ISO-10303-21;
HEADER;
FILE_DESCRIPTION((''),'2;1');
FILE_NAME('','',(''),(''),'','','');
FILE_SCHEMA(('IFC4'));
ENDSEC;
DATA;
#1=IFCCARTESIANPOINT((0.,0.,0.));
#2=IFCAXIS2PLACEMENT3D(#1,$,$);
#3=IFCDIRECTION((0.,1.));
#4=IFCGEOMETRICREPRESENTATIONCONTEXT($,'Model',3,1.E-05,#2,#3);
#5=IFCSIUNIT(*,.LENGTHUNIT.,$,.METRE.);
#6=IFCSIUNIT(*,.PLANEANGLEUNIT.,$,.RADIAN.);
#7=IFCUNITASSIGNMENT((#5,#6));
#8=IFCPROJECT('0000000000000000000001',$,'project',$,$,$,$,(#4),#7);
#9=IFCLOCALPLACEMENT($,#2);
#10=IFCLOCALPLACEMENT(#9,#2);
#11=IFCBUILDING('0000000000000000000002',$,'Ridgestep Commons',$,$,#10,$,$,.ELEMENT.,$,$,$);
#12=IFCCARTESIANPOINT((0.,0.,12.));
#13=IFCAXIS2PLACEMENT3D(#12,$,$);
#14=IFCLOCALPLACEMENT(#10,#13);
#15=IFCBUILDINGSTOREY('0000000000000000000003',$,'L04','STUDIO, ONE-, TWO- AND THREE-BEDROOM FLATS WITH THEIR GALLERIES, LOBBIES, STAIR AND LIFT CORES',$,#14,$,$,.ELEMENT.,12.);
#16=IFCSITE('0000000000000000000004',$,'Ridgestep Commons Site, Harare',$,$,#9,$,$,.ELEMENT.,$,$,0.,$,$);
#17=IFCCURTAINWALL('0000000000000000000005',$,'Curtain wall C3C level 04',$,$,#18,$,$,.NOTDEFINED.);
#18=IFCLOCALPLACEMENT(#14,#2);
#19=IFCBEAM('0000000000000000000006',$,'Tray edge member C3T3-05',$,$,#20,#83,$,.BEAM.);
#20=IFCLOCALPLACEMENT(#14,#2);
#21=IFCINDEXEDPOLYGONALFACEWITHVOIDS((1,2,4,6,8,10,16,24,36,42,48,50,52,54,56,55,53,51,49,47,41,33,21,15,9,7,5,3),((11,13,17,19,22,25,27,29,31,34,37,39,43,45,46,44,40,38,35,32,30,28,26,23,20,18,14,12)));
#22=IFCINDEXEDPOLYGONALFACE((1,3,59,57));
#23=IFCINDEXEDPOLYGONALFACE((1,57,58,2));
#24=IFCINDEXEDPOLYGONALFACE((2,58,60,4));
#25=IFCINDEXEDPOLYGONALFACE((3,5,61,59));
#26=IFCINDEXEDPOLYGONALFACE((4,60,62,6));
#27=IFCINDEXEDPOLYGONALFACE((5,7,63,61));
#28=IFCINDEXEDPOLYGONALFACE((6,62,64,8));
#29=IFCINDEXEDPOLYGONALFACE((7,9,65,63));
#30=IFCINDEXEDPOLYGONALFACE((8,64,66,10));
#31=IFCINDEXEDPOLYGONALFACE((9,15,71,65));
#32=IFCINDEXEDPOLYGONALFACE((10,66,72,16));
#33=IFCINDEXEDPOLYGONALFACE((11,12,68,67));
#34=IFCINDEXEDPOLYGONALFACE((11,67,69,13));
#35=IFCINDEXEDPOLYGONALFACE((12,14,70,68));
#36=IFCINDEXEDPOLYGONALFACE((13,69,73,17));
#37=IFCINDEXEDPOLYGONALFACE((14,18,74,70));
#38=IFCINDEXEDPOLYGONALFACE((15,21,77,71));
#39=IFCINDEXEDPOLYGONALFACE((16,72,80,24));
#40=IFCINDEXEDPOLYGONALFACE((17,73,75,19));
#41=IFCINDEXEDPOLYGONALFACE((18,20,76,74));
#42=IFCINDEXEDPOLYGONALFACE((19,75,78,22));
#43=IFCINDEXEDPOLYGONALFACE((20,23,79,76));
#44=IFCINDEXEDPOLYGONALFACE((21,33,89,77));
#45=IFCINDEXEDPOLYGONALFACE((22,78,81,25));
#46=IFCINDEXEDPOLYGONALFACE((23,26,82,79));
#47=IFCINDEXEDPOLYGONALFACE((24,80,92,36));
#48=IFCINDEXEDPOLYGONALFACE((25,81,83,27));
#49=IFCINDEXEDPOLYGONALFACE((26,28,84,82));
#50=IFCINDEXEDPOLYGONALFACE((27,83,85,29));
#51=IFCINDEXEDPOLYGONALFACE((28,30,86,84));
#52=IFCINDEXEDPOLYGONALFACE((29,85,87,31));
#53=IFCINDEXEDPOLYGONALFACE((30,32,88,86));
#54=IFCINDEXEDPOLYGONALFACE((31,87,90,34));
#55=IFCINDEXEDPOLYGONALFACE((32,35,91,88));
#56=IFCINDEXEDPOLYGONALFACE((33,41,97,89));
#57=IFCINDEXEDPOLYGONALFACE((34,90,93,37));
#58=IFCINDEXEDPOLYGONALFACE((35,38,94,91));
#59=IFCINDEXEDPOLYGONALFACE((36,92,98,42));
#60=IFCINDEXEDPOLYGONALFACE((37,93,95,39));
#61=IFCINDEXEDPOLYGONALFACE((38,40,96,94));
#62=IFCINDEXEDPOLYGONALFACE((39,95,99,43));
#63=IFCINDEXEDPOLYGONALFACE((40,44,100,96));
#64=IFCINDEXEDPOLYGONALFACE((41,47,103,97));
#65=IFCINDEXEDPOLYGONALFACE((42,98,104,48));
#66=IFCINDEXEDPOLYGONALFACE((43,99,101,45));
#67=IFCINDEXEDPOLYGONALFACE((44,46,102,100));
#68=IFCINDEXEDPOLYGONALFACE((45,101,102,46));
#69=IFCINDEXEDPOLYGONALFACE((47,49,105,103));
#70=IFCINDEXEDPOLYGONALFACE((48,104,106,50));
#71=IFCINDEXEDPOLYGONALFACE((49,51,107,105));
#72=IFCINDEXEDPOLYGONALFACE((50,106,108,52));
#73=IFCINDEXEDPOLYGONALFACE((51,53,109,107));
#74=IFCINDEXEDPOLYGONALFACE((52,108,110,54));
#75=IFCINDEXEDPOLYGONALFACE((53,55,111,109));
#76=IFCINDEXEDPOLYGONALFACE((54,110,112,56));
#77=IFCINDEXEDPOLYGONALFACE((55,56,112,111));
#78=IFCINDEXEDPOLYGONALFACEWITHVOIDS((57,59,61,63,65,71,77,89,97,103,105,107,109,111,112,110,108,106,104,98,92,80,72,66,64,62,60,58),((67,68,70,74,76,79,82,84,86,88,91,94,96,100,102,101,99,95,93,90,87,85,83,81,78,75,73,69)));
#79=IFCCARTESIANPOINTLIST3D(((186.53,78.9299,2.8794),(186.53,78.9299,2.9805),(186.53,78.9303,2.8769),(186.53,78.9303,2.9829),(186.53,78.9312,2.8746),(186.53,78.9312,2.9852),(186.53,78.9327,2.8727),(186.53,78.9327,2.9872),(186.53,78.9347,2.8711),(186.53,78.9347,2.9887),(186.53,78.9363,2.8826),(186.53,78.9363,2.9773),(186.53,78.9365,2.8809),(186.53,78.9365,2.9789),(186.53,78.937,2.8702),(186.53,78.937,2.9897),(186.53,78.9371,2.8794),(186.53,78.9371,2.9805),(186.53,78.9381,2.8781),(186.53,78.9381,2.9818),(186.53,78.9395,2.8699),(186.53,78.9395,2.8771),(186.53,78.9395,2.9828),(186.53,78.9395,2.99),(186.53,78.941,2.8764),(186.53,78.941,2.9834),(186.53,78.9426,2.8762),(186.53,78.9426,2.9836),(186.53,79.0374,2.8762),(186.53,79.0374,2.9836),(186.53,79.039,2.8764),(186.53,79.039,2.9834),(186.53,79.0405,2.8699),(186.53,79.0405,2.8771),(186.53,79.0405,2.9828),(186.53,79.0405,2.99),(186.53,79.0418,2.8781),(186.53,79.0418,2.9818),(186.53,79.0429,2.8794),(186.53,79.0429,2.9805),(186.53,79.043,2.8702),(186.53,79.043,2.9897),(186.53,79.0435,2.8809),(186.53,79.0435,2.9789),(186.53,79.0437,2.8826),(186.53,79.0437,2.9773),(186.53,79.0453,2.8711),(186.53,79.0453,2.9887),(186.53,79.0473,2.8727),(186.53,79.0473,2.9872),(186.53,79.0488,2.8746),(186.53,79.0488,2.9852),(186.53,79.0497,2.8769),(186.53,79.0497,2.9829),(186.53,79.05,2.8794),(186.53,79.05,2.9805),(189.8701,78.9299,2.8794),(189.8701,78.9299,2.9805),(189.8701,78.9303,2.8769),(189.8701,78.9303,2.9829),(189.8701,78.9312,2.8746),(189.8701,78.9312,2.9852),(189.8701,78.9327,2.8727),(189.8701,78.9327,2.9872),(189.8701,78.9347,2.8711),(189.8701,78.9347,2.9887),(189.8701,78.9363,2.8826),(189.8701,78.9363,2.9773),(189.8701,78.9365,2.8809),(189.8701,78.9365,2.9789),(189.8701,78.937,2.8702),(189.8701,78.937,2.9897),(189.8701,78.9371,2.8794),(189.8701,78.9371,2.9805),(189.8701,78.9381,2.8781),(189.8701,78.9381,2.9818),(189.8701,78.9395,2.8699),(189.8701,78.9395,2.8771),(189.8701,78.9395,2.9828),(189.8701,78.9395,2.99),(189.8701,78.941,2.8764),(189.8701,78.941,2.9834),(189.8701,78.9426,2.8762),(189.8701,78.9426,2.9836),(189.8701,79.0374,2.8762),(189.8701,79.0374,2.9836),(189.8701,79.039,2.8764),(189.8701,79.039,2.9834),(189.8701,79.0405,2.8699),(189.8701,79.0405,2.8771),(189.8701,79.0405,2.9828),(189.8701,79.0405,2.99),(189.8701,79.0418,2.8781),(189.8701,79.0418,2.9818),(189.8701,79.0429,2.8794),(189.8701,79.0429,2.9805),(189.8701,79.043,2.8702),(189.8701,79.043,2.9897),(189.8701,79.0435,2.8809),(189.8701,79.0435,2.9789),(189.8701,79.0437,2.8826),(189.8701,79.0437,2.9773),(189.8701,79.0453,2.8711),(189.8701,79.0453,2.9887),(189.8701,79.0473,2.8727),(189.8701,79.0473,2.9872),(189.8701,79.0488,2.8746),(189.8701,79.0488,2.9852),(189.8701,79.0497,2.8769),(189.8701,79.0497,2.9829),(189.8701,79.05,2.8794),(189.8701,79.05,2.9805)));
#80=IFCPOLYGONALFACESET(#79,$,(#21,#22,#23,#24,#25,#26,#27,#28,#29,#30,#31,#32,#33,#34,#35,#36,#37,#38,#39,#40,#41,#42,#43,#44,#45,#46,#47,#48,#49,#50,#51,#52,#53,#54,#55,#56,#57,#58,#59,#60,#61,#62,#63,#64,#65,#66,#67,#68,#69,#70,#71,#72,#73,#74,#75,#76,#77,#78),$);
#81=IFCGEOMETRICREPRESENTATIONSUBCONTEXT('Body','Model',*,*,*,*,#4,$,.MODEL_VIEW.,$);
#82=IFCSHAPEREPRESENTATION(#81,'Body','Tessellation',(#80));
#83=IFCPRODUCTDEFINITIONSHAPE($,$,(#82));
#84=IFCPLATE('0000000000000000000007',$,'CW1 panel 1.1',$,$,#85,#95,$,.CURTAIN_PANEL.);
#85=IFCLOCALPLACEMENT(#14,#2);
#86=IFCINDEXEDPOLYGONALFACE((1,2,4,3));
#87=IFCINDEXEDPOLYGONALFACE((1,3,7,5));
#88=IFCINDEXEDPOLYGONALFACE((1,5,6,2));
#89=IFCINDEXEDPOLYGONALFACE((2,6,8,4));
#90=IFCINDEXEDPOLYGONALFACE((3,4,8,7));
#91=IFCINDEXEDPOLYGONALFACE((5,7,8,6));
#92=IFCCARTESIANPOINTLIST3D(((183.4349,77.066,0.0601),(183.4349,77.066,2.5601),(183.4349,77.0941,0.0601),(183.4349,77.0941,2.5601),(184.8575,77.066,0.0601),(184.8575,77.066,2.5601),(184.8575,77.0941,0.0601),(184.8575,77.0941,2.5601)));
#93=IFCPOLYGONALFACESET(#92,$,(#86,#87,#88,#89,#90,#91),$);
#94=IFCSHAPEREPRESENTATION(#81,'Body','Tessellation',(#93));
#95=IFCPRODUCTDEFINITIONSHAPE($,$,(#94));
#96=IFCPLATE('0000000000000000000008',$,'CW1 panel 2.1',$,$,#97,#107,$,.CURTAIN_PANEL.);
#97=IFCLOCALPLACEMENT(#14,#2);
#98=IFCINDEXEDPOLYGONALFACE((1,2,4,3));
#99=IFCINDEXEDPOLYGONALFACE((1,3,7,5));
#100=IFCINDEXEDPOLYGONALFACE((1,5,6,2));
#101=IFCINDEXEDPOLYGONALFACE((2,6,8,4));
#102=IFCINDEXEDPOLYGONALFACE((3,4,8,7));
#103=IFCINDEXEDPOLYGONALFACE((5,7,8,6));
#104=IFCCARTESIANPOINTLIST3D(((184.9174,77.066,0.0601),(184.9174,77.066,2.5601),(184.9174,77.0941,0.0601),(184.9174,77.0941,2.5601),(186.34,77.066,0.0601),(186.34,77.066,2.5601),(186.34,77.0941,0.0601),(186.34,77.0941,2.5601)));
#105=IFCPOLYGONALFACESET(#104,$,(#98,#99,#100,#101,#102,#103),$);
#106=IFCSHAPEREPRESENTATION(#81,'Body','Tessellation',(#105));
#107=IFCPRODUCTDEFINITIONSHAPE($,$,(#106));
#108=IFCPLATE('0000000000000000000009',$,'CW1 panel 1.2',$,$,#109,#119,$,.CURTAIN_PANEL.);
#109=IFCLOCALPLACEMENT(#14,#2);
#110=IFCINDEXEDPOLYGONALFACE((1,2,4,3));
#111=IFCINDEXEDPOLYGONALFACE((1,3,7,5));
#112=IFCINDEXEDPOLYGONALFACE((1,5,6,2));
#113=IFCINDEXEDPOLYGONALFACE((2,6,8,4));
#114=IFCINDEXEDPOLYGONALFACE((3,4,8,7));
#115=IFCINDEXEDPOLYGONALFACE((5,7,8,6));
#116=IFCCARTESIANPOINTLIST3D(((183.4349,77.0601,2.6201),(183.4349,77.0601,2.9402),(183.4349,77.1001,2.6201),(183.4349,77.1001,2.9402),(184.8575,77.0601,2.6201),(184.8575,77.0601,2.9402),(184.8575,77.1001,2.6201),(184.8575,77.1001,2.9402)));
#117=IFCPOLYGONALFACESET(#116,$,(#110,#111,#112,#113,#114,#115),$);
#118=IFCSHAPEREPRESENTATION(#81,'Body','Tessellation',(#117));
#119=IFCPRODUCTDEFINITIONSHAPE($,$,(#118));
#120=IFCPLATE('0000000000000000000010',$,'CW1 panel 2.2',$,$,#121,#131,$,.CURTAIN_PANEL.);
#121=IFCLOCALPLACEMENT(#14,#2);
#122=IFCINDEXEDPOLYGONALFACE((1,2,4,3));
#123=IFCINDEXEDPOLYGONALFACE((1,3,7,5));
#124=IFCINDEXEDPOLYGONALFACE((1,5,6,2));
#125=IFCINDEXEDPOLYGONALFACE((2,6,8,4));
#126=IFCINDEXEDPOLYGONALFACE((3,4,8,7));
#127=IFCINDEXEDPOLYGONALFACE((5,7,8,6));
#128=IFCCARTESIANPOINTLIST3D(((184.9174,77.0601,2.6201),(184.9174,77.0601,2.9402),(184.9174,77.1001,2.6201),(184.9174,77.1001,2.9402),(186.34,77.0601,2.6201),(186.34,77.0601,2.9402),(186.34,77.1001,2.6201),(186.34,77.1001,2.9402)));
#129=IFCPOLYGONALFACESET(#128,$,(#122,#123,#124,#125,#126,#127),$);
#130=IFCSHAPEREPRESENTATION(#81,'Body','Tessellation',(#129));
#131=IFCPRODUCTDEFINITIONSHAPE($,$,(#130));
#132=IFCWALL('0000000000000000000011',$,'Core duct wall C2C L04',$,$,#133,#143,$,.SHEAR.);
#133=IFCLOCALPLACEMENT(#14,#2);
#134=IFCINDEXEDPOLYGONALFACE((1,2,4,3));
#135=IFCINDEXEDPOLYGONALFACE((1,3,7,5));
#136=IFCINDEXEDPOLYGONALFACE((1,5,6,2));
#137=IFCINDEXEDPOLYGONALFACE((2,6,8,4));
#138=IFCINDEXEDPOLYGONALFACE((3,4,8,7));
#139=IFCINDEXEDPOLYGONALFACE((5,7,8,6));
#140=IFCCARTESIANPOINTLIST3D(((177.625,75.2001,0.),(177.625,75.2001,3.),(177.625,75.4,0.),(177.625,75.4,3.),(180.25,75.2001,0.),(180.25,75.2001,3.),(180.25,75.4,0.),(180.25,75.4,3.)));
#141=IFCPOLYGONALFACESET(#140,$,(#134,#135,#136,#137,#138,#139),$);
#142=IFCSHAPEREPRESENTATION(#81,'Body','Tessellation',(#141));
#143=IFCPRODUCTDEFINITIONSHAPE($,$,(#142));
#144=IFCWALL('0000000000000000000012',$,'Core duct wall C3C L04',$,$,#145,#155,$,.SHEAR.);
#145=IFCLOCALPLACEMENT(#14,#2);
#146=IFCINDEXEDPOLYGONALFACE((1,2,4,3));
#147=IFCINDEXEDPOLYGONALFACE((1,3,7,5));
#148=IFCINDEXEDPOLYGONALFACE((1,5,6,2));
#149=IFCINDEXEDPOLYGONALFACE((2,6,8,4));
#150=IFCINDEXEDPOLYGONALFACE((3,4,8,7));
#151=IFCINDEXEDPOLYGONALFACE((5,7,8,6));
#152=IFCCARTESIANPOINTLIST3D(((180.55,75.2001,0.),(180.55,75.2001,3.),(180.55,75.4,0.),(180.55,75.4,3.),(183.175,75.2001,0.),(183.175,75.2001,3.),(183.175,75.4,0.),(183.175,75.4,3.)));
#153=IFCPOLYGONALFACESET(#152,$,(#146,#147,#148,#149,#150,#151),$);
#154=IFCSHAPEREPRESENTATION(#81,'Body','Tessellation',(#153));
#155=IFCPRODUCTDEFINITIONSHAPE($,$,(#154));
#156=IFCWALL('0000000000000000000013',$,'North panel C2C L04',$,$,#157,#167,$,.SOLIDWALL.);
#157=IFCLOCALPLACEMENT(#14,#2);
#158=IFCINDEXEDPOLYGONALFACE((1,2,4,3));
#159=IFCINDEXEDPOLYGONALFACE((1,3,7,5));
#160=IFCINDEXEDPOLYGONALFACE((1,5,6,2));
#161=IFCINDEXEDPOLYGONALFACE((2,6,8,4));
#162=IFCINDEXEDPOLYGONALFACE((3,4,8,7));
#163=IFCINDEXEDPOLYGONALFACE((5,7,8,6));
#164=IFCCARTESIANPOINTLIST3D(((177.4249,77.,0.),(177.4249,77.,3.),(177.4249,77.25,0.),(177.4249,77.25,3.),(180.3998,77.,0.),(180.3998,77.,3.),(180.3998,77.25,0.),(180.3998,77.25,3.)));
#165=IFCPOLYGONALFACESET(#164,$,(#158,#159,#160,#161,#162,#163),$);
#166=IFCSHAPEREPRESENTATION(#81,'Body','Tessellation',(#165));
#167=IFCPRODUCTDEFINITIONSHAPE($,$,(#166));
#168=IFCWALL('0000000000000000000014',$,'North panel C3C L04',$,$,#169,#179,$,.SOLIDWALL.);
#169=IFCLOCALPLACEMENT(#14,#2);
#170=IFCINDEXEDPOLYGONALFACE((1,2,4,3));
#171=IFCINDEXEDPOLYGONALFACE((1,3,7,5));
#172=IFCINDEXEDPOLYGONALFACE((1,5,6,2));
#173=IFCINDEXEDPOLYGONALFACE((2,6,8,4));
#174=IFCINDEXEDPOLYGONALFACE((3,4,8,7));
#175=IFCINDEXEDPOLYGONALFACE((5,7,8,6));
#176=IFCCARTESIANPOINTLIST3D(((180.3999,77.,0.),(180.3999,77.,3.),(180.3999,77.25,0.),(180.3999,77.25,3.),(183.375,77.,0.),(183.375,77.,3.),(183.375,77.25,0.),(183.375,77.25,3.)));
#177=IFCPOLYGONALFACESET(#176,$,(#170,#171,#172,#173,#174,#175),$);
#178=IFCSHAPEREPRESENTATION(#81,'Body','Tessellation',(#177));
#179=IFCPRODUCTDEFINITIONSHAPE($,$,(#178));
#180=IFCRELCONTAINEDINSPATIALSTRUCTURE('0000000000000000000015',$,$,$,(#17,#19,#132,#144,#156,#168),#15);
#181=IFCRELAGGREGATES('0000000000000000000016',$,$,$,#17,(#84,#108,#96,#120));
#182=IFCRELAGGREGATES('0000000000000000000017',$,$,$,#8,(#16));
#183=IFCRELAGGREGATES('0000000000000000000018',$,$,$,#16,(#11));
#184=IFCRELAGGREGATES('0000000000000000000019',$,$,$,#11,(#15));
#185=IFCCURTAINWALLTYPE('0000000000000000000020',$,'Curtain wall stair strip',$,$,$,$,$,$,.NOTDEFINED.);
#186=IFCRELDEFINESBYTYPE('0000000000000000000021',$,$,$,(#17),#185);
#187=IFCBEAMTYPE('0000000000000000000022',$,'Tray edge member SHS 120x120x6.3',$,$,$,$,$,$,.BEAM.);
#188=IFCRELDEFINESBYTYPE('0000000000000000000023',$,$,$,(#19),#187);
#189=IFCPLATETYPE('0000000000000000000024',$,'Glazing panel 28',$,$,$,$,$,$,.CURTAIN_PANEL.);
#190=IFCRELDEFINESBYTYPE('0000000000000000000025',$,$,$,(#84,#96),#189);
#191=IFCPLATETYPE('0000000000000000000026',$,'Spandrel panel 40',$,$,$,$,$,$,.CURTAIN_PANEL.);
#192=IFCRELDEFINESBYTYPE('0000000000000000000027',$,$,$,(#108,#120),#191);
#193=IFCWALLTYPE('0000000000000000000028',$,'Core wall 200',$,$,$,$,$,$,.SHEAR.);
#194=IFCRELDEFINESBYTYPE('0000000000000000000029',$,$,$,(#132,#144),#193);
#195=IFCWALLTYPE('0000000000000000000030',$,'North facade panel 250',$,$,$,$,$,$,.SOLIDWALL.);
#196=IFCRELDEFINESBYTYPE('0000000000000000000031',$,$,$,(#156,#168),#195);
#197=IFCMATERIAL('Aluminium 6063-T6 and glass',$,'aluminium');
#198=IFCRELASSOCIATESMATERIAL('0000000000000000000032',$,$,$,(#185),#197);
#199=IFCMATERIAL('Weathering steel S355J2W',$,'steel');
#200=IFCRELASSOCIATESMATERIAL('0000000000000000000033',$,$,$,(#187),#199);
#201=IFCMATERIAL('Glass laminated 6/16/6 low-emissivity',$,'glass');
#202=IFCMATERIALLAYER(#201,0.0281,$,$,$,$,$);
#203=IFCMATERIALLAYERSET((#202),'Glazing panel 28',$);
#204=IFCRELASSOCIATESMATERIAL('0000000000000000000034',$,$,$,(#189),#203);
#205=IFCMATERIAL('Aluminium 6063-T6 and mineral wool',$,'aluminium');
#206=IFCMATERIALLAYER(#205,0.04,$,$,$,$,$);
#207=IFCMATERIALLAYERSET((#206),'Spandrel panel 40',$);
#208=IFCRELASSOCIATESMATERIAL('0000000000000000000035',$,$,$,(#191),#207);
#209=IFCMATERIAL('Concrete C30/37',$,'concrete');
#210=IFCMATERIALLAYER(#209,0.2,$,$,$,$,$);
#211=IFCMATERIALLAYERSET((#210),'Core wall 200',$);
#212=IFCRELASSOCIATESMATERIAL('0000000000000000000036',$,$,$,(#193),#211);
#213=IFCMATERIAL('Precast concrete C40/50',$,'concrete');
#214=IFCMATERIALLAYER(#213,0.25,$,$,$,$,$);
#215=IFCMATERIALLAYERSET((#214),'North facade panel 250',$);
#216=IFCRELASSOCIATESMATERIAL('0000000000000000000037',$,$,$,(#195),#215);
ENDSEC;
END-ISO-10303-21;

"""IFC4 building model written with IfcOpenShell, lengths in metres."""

from ifc_helpers import new_model, si_unit, direction, frame, frame_2d, origin, origin_2d, place, context, subcontext, project, spatial, rectangle, hollow_rectangle, extrude, material, layer, layer_set, material_profile, profile_set, type_object, element, aggregate, save


model = new_model("IFC4")

# Units and contexts
model_context = context("Model", 3, precision=1e-05, world=origin(), true_north=direction((0.0, 1.0)))
body_context = subcontext(model_context, "Body", "Model", "MODEL_VIEW")
ifc_project = project(units=[si_unit("LENGTHUNIT", "METRE"), si_unit("PLANEANGLEUNIT", "RADIAN")], contexts=[model_context])

# Site, building, storey
site_placement = place(None, origin())
site = spatial("IfcSite", under=ifc_project, at=site_placement, Name="Ridgestep Commons Site, Harare", CompositionType="ELEMENT", RefElevation=0.0)
building_placement = place(site_placement, origin())
building = spatial("IfcBuilding", under=site, at=building_placement, Name="Ridgestep Commons", CompositionType="ELEMENT")
storey_placement = place(building_placement, frame((0.0, 0.0, 12.0)))
storey = spatial("IfcBuildingStorey", under=building, at=storey_placement, Name="L04", Description="STUDIO, ONE-, TWO- AND THREE-BEDROOM FLATS WITH THEIR GALLERIES, LOBBIES, STAIR AND LIFT CORES", CompositionType="ELEMENT", Elevation=12.0)

# Shared definitions
ifc_material_1 = material(Name="Aluminium 6063-T6 and glass", Category="aluminium")
curtain_wall_type = type_object("IfcCurtainWallType", Name="Curtain wall stair strip", PredefinedType="NOTDEFINED", material=ifc_material_1)

# Curtain wall
curtain_wall_1_placement = place(storey_placement, origin())
curtain_wall_1 = element("IfcCurtainWall", 1, at=curtain_wall_1_placement, inside=storey, type_object=curtain_wall_type, Name="Curtain wall C3C level 04", PredefinedType="NOTDEFINED")

# Beam
ifc_material_2 = material(Name="Weathering steel S355J2W", Category="steel")
ifc_material_profile_1 = material_profile(ifc_material_2, hollow_rectangle(XDim=0.1201, YDim=0.1201, WallThickness=0.0063, InnerFilletRadius=0.0063, OuterFilletRadius=0.0095, at=origin_2d()), Name="SHS 120x120x6.3")
ifc_profile_set_1 = profile_set([ifc_material_profile_1], Name="Weathering steel S355J2W")
beam_type_1 = type_object("IfcBeamType", Name="Tray edge member SHS 120x120x6.3", PredefinedType="BEAM", material=ifc_profile_set_1)
beam_1_placement = place(storey_placement, frame((186.53, 78.99, 2.9299), z_axis=(1.0, 0.0, 0.0), x_axis=(0.0, 0.0, 1.0)))
element("IfcBeam", 2, at=beam_1_placement, inside=storey, type_object=beam_type_1, Name="Tray edge member C3T3-05", PredefinedType="BEAM", context=body_context, shape_type="SweptSolid", body=[
    extrude(hollow_rectangle(XDim=0.1201, YDim=0.1201, WallThickness=0.0063, InnerFilletRadius=0.0063, OuterFilletRadius=0.0095, at=origin_2d()), origin(), (0.0, 0.0, 1.0), 3.3401),
])

# Plates
ifc_material_3 = material(Name="Glass laminated 6/16/6 low-emissivity", Category="glass")
ifc_layer_1 = layer(ifc_material_3, 0.0281)
ifc_layer_set_1 = layer_set([ifc_layer_1], Name="Glazing panel 28")
plate_type_1 = type_object("IfcPlateType", Name="Glazing panel 28", PredefinedType="CURTAIN_PANEL", material=ifc_layer_set_1)
plate_1_placement = place(storey_placement, frame((184.1462, 77.0801, 0.0601), z_axis=(0.0, 0.0, 1.0), x_axis=(1.0, 0.0, 0.0)))
plate_1 = element("IfcPlate", 3, at=plate_1_placement, type_object=plate_type_1, Name="CW1 panel 1.1", PredefinedType="CURTAIN_PANEL", context=body_context, shape_type="SweptSolid", body=[
    extrude(rectangle(XDim=1.4226, YDim=0.0281, at=origin_2d()), origin(), (0.0, 0.0, 1.0), 2.5),
])
plate_2_placement = place(storey_placement, frame((185.6287, 77.0801, 0.0601), z_axis=(0.0, 0.0, 1.0), x_axis=(1.0, 0.0, 0.0)))
plate_2 = element("IfcPlate", 4, at=plate_2_placement, type_object=plate_type_1, Name="CW1 panel 2.1", PredefinedType="CURTAIN_PANEL", context=body_context, shape_type="SweptSolid", body=[
    extrude(rectangle(XDim=1.4226, YDim=0.0281, at=origin_2d()), origin(), (0.0, 0.0, 1.0), 2.5),
])
ifc_material_4 = material(Name="Aluminium 6063-T6 and mineral wool", Category="aluminium")
ifc_layer_2 = layer(ifc_material_4, 0.04)
ifc_layer_set_2 = layer_set([ifc_layer_2], Name="Spandrel panel 40")
plate_type_2 = type_object("IfcPlateType", Name="Spandrel panel 40", PredefinedType="CURTAIN_PANEL", material=ifc_layer_set_2)
plate_3_placement = place(storey_placement, frame((184.1462, 77.0801, 2.6201), z_axis=(0.0, 0.0, 1.0), x_axis=(1.0, 0.0, 0.0)))
plate_3 = element("IfcPlate", 5, at=plate_3_placement, type_object=plate_type_2, Name="CW1 panel 1.2", PredefinedType="CURTAIN_PANEL", context=body_context, shape_type="SweptSolid", body=[
    extrude(rectangle(XDim=1.4226, YDim=0.04, at=origin_2d()), origin(), (0.0, 0.0, 1.0), 0.3201),
])
plate_4_placement = place(storey_placement, frame((185.6287, 77.0801, 2.6201), z_axis=(0.0, 0.0, 1.0), x_axis=(1.0, 0.0, 0.0)))
plate_4 = element("IfcPlate", 6, at=plate_4_placement, type_object=plate_type_2, Name="CW1 panel 2.2", PredefinedType="CURTAIN_PANEL", context=body_context, shape_type="SweptSolid", body=[
    extrude(rectangle(XDim=1.4226, YDim=0.04, at=origin_2d()), origin(), (0.0, 0.0, 1.0), 0.3201),
])
aggregate(curtain_wall_1, [plate_1, plate_3, plate_2, plate_4])

# Walls
ifc_material_5 = material(Name="Concrete C30/37", Category="concrete")
ifc_layer_3 = layer(ifc_material_5, 0.2)
ifc_layer_set_3 = layer_set([ifc_layer_3], Name="Core wall 200")
wall_type_1 = type_object("IfcWallType", Name="Core wall 200", PredefinedType="SHEAR", material=ifc_layer_set_3)
for number, where, z_axis, x_axis, name in (
    (7, (177.625, 75.3, 0.0), (0.0, 0.0, 1.0), (1.0, 0.0, 0.0), "Core duct wall C2C L04"),
    (8, (180.55, 75.3, 0.0), (0.0, 0.0, 1.0), (1.0, 0.0, 0.0), "Core duct wall C3C L04"),
):
    element("IfcWall", number, at=place(storey_placement, frame(where, z_axis=z_axis, x_axis=x_axis)), inside=storey, type_object=wall_type_1, Name=name, PredefinedType="SHEAR", context=body_context, shape_type="SweptSolid", body=[
        extrude(rectangle(XDim=2.625, YDim=0.2, at=frame_2d((1.3125, 0.0))), origin(), (0.0, 0.0, 1.0), 3.0),
    ])
ifc_material_6 = material(Name="Precast concrete C40/50", Category="concrete")
ifc_layer_4 = layer(ifc_material_6, 0.25)
ifc_layer_set_4 = layer_set([ifc_layer_4], Name="North facade panel 250")
wall_type_2 = type_object("IfcWallType", Name="North facade panel 250", PredefinedType="SOLIDWALL", material=ifc_layer_set_4)
wall_1_placement = place(storey_placement, frame((177.425, 77.125, 0.0), z_axis=(0.0, 0.0, 1.0), x_axis=(1.0, 0.0, 0.0)))
element("IfcWall", 9, at=wall_1_placement, inside=storey, type_object=wall_type_2, Name="North panel C2C L04", PredefinedType="SOLIDWALL", context=body_context, shape_type="SweptSolid", body=[
    extrude(rectangle(XDim=2.9749, YDim=0.25, at=frame_2d((1.4873, 0.0))), origin(), (0.0, 0.0, 1.0), 3.0),
])
wall_2_placement = place(storey_placement, frame((180.3999, 77.125, 0.0), z_axis=(0.0, 0.0, 1.0), x_axis=(1.0, 0.0, 0.0)))
element("IfcWall", 10, at=wall_2_placement, inside=storey, type_object=wall_type_2, Name="North panel C3C L04", PredefinedType="SOLIDWALL", context=body_context, shape_type="SweptSolid", body=[
    extrude(rectangle(XDim=2.9751, YDim=0.25, at=frame_2d((1.4875, 0.0))), origin(), (0.0, 0.0, 1.0), 3.0),
])

save(model, "model.ifc")
